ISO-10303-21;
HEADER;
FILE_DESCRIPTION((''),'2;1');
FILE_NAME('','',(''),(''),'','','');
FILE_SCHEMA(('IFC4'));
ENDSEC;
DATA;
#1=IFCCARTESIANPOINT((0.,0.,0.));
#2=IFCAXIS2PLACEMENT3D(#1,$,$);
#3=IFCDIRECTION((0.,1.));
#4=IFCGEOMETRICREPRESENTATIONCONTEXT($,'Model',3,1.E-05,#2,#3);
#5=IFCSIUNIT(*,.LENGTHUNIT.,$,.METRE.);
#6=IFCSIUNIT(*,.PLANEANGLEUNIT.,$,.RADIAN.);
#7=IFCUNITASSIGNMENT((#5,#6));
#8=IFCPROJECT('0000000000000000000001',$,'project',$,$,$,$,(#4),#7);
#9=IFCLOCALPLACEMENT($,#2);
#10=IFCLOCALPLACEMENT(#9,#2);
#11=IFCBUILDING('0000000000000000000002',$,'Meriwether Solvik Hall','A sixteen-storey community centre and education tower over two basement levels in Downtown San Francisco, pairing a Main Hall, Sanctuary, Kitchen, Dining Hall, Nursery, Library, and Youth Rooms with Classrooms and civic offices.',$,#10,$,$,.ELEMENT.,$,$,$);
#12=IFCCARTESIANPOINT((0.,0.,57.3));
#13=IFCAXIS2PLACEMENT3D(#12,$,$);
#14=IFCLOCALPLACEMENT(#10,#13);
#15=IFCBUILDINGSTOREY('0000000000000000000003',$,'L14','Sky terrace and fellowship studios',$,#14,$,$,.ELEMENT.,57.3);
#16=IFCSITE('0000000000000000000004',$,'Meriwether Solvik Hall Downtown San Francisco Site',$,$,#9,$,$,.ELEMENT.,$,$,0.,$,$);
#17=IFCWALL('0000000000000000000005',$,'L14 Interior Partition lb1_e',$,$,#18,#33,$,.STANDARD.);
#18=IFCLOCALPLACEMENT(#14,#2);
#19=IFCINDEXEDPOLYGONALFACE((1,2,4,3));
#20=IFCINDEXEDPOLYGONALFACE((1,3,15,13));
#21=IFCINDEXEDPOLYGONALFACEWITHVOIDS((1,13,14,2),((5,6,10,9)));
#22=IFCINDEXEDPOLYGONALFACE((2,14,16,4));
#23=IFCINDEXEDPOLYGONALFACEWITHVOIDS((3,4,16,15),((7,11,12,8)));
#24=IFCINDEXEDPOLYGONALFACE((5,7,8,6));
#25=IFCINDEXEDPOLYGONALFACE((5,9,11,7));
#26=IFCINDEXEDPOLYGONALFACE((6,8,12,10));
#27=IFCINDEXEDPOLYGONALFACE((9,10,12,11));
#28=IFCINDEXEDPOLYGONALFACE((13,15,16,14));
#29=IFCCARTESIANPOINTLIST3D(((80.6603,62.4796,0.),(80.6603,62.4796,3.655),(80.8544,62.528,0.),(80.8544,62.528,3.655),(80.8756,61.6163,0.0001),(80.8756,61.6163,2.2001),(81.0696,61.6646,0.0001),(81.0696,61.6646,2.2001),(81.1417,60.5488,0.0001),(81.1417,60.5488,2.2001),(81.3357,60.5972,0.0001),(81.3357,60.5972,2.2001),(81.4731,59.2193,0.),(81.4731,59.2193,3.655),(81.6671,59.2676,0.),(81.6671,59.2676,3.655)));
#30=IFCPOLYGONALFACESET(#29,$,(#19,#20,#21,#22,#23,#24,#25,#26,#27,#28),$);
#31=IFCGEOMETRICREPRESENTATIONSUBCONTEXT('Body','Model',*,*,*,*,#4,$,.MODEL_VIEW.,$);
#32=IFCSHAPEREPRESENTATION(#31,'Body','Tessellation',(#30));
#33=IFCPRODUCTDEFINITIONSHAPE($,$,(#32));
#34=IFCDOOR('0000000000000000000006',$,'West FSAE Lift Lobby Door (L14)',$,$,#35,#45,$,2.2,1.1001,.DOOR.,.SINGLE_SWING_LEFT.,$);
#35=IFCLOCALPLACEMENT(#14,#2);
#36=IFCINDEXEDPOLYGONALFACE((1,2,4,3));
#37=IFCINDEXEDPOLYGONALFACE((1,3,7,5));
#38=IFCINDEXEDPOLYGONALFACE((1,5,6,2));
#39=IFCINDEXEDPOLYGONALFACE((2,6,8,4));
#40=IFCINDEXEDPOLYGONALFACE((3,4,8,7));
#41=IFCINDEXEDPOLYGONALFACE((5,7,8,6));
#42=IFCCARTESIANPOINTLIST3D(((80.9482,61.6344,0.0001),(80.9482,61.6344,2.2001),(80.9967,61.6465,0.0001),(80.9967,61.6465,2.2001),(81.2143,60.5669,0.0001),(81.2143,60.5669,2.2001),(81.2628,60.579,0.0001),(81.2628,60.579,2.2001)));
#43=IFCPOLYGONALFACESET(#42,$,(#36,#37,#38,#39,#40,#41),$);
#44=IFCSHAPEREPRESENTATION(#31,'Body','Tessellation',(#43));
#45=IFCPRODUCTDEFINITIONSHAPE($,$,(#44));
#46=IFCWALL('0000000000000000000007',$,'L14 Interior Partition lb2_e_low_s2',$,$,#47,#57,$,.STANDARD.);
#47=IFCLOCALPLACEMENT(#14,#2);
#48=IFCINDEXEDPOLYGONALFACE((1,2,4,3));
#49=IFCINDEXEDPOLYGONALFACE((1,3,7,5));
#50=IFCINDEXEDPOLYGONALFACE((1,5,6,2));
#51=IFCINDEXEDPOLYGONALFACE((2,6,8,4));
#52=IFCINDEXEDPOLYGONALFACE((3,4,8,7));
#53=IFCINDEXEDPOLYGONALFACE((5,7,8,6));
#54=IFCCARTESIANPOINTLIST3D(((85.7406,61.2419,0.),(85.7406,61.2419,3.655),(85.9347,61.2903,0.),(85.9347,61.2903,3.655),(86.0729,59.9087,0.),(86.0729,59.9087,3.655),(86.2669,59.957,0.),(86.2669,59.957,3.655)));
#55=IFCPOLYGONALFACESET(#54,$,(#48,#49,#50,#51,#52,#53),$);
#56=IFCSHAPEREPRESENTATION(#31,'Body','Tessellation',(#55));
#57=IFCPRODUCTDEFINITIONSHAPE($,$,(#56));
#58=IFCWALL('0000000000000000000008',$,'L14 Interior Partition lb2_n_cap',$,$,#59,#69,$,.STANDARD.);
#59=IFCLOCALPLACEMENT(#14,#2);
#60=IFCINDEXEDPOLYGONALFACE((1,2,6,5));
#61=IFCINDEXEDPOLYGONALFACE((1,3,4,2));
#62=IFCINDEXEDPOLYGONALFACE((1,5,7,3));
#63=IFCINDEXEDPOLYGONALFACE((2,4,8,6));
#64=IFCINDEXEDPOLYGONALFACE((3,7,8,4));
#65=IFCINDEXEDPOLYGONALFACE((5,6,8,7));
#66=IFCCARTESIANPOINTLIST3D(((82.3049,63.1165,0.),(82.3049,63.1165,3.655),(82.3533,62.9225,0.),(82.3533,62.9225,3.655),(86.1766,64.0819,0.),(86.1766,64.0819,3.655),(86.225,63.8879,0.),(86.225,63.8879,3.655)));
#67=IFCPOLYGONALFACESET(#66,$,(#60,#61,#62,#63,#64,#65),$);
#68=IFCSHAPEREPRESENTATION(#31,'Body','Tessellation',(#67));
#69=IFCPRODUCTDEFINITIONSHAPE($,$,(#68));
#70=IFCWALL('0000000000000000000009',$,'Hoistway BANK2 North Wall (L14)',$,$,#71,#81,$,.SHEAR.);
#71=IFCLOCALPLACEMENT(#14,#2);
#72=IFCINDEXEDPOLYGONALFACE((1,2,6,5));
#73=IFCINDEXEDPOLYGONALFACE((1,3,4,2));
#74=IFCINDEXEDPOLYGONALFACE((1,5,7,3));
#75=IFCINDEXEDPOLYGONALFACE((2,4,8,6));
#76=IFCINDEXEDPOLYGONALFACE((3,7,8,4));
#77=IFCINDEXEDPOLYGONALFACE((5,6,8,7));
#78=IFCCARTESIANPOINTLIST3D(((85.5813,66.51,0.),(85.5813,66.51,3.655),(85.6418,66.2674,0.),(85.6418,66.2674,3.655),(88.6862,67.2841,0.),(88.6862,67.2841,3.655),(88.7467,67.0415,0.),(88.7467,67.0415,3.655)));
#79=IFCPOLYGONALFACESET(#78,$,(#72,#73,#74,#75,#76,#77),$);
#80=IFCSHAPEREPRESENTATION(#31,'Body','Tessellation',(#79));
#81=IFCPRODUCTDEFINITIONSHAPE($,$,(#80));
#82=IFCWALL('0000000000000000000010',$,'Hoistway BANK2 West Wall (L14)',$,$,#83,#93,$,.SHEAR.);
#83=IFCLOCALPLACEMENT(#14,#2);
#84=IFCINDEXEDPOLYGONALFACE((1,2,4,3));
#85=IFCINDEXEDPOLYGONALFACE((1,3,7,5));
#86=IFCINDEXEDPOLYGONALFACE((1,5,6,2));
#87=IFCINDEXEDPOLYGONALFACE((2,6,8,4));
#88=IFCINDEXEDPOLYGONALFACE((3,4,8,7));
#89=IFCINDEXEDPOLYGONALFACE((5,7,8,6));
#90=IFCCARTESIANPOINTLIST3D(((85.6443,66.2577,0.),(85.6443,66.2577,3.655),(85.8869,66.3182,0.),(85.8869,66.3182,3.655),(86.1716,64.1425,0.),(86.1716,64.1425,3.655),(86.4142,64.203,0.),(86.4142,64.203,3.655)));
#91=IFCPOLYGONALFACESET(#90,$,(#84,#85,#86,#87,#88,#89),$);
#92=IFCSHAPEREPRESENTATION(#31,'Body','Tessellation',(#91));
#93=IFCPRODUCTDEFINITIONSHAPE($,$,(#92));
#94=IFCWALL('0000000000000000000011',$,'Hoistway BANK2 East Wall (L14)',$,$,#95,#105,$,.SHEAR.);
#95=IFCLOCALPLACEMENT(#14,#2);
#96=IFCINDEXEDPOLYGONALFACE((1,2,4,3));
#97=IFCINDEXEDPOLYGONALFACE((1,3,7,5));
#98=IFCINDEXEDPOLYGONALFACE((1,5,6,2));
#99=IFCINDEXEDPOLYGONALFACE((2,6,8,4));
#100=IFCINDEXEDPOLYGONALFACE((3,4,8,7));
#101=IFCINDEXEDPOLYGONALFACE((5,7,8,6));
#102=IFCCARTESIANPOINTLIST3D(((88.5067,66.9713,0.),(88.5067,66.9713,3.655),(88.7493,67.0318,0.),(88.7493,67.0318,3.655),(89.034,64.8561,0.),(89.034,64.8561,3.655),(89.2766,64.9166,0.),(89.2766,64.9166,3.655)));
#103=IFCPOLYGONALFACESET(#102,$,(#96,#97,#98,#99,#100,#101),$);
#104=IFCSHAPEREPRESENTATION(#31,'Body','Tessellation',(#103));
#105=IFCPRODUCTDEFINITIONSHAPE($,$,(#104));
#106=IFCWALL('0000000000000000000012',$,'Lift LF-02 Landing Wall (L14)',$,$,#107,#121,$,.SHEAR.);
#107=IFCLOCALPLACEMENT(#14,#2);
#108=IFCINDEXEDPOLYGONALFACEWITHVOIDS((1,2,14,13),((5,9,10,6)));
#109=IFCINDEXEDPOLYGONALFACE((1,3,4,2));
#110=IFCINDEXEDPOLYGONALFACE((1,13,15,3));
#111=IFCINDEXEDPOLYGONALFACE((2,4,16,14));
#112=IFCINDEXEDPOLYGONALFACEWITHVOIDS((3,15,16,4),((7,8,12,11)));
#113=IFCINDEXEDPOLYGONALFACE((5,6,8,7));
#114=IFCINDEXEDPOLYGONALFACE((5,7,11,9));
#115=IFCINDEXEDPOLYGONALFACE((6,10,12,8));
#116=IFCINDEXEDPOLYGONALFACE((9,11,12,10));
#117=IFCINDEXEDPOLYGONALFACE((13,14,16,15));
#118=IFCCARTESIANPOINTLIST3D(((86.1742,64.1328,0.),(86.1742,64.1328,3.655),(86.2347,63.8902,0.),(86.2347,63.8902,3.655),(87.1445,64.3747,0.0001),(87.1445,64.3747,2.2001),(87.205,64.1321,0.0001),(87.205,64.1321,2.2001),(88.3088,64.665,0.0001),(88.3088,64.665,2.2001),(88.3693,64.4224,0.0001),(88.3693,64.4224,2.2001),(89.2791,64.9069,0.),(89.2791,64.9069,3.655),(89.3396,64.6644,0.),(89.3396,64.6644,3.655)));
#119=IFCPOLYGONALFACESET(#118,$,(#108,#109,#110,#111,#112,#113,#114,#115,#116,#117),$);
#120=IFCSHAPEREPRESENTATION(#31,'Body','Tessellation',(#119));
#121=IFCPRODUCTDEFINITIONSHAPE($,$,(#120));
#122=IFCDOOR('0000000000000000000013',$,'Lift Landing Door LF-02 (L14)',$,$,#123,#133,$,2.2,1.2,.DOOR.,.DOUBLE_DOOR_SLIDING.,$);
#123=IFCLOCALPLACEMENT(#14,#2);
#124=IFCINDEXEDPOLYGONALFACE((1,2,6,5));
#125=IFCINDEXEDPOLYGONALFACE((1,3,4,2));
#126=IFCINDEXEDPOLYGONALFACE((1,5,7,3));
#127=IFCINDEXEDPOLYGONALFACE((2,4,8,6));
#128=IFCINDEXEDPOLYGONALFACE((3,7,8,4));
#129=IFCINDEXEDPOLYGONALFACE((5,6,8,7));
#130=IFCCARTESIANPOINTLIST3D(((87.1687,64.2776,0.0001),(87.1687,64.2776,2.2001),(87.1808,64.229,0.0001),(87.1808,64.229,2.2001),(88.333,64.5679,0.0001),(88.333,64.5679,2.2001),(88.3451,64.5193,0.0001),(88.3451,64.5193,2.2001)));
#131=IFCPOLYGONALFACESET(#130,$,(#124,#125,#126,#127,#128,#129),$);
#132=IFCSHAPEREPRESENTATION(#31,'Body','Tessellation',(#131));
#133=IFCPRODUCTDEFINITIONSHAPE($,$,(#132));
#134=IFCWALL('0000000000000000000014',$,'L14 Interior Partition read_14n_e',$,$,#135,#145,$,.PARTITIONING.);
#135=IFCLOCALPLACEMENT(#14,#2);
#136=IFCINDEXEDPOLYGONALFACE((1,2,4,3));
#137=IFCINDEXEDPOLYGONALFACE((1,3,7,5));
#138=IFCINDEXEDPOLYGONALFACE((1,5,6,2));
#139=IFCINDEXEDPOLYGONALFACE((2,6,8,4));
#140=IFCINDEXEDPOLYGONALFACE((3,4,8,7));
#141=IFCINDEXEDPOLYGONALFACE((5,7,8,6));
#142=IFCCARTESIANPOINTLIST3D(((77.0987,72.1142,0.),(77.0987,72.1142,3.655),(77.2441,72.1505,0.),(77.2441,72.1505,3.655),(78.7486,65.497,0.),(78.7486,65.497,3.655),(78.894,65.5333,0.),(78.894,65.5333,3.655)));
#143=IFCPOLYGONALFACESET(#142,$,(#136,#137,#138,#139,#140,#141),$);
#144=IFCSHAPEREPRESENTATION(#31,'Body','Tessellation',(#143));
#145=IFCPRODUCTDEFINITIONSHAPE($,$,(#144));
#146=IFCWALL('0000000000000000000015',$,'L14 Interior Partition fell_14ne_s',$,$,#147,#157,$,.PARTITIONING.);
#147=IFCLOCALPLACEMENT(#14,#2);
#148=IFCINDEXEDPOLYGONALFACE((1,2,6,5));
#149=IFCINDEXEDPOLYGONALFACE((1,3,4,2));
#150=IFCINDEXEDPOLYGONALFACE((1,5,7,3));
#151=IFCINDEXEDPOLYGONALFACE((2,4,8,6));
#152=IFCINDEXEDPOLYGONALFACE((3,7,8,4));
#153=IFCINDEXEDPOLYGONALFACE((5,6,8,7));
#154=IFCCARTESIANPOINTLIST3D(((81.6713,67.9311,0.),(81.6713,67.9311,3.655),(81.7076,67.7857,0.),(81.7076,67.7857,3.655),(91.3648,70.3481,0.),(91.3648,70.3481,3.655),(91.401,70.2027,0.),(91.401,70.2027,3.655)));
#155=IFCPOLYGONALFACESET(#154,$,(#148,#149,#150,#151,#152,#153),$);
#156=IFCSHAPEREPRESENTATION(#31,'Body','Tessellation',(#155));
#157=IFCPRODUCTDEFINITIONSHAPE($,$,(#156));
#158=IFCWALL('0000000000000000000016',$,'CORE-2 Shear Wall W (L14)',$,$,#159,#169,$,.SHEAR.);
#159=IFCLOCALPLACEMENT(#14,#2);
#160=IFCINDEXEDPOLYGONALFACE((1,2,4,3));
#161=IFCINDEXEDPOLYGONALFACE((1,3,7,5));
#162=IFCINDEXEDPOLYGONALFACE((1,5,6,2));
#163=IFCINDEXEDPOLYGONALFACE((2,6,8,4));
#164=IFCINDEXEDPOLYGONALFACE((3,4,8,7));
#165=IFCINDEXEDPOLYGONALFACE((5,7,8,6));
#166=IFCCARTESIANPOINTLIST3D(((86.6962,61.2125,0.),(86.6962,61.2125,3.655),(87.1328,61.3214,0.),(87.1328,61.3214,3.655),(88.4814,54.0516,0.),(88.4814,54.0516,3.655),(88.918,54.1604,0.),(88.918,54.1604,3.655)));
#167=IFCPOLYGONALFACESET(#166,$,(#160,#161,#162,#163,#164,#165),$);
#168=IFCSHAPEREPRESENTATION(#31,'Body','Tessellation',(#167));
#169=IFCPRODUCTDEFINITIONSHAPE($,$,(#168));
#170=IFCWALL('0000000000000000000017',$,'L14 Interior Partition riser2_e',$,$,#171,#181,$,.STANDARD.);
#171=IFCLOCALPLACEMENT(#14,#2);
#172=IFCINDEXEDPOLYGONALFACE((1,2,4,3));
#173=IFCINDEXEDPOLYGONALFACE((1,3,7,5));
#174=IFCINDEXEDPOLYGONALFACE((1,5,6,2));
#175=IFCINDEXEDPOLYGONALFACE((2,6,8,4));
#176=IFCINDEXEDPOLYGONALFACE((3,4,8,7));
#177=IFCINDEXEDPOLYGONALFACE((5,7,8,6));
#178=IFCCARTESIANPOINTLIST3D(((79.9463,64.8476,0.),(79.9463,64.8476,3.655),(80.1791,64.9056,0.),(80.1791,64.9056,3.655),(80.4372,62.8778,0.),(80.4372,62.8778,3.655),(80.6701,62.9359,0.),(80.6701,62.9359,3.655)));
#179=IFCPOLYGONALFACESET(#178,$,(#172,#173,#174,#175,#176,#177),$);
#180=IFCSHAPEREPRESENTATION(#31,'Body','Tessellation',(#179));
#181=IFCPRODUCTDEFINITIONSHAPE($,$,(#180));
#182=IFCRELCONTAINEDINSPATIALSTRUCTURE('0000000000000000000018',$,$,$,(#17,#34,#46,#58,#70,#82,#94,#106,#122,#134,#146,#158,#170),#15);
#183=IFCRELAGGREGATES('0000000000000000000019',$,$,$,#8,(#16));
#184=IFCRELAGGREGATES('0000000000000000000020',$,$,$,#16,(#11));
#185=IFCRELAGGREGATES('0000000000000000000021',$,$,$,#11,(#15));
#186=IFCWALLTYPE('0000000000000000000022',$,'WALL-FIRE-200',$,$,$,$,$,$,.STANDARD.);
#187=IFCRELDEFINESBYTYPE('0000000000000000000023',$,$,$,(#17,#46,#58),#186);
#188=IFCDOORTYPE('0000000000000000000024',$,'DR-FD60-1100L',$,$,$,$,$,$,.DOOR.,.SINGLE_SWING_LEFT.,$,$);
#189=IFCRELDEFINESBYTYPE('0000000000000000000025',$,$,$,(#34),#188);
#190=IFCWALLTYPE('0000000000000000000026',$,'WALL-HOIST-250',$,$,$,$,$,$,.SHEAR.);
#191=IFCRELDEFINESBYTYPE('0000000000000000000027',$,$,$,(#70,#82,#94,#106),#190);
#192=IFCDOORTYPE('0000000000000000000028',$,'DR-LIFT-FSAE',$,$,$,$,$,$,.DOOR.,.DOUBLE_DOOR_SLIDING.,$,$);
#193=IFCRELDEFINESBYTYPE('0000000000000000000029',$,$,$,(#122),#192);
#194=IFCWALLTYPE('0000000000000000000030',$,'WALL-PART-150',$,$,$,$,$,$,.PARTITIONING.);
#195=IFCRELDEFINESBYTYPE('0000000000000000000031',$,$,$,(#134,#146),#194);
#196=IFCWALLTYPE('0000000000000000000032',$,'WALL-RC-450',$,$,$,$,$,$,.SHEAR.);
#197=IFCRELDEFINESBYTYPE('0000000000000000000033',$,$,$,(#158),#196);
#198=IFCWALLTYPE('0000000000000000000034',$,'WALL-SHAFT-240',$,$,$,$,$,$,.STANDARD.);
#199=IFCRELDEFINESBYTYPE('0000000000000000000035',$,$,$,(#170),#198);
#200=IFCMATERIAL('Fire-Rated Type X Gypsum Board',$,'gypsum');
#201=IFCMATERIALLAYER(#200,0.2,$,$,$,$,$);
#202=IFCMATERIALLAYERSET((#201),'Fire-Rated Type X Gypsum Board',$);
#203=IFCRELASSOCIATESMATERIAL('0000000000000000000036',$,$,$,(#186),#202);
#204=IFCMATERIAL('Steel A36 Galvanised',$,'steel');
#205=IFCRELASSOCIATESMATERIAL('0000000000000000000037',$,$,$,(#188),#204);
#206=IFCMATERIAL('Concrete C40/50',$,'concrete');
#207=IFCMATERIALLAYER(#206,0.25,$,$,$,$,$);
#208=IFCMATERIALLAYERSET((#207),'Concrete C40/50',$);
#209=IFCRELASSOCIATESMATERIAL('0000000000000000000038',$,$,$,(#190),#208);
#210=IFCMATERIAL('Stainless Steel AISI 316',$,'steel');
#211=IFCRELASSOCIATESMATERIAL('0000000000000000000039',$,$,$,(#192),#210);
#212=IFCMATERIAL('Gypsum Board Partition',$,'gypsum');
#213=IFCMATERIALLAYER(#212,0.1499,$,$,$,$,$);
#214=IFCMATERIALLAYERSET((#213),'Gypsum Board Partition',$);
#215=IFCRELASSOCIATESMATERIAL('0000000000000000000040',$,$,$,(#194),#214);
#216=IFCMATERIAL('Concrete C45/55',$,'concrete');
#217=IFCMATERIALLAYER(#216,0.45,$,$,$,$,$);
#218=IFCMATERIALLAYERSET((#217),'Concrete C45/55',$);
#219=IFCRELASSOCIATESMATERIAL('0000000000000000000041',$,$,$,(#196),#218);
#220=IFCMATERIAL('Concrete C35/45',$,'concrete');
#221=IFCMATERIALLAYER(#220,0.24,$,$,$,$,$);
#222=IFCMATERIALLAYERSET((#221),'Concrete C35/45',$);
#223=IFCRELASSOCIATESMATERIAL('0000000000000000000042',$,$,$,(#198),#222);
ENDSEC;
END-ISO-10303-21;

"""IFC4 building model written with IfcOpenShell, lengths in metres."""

from ifc_helpers import new_model, si_unit, direction, frame, frame_2d, origin, place, context, subcontext, project, spatial, rectangle, extrude, material, layer, layer_set, type_object, element, fill, save


model = new_model("IFC4")

# Units and contexts
model_context = context("Model", 3, precision=1e-05, world=origin(), true_north=direction((0.0, 1.0)))
body_context = subcontext(model_context, "Body", "Model", "MODEL_VIEW")
ifc_project = project(units=[si_unit("LENGTHUNIT", "METRE"), si_unit("PLANEANGLEUNIT", "RADIAN")], contexts=[model_context])

# Site, building, storey
site_placement = place(None, origin())
site = spatial("IfcSite", under=ifc_project, at=site_placement, Name="Meriwether Solvik Hall Downtown San Francisco Site", CompositionType="ELEMENT", RefElevation=0.0)
building_placement = place(site_placement, origin())
building = spatial("IfcBuilding", under=site, at=building_placement, Name="Meriwether Solvik Hall", Description="A sixteen-storey community centre and education tower over two basement levels in Downtown San Francisco, pairing a Main Hall, Sanctuary, Kitchen, Dining Hall, Nursery, Library, and Youth Rooms with Classrooms and civic offices.", CompositionType="ELEMENT")
storey_placement = place(building_placement, frame((0.0, 0.0, 57.3)))
storey = spatial("IfcBuildingStorey", under=building, at=storey_placement, Name="L14", Description="Sky terrace and fellowship studios", CompositionType="ELEMENT", Elevation=57.3)

# Wall, opening, door
ifc_material_1 = material(Name="Fire-Rated Type X Gypsum Board", Category="gypsum")
ifc_layer_1 = layer(ifc_material_1, 0.2)
ifc_layer_set_1 = layer_set([ifc_layer_1], Name="Fire-Rated Type X Gypsum Board")
wall_type_1 = type_object("IfcWallType", Name="WALL-FIRE-200", PredefinedType="STANDARD", material=ifc_layer_set_1)
wall_1_placement = place(storey_placement, frame((80.7573, 62.5039, 0.0), z_axis=(0.0, 0.0, 1.0), x_axis=(0.241886, -0.970305, 0.0)))
wall_1 = element("IfcWall", 1, at=wall_1_placement, inside=storey, type_object=wall_type_1, Name="L14 Interior Partition lb1_e", PredefinedType="STANDARD", context=body_context, shape_type="SweptSolid", body=[
    extrude(rectangle(XDim=3.3601, YDim=0.2, at=frame_2d((1.6802, 0.0))), origin(), (0.0, 0.0, 1.0), 3.655),
])
opening_1_placement = place(wall_1_placement, frame((0.8899, 0.0, 0.0)))
opening_1 = element("IfcOpeningElement", 2, at=opening_1_placement, cuts=wall_1, PredefinedType="OPENING", context=body_context, shape_type="SweptSolid", body=[
    extrude(rectangle(XDim=1.1001, YDim=2.2, at=frame_2d((0.55, 1.1001))), frame((0.0, 0.1118, 0.0), z_axis=(0.0, -1.0, 0.0), x_axis=(1.0, 0.0, 0.0)), (0.0, 0.0, 1.0), 0.2239),
])
ifc_material_2 = material(Name="Steel A36 Galvanised", Category="steel")
door_type_1 = type_object("IfcDoorType", Name="DR-FD60-1100L", OperationType="SINGLE_SWING_LEFT", PredefinedType="DOOR", material=ifc_material_2)
door_1_placement = place(opening_1_placement, origin())
door_1 = element("IfcDoor", 3, at=door_1_placement, inside=storey, type_object=door_type_1, Name="West FSAE Lift Lobby Door (L14)", OperationType="SINGLE_SWING_LEFT", OverallHeight=2.2, OverallWidth=1.1001, PredefinedType="DOOR", context=body_context, shape_type="SweptSolid", body=[
    extrude(rectangle(XDim=1.1001, YDim=2.2, at=frame_2d((0.55, 1.1001))), frame((0.0, 0.0249, 0.0), z_axis=(0.0, -1.0, 0.0), x_axis=(1.0, 0.0, 0.0)), (0.0, 0.0, 1.0), 0.05),
])
fill(opening_1, door_1)

# Walls
wall_2_placement = place(storey_placement, frame((86.1699, 59.9329, 0.0), z_axis=(0.0, 0.0, 1.0), x_axis=(-0.241825, 0.97032, 0.0)))
element("IfcWall", 4, at=wall_2_placement, inside=storey, type_object=wall_type_1, Name="L14 Interior Partition lb2_e_low_s2", PredefinedType="STANDARD", context=body_context, shape_type="SweptSolid", body=[
    extrude(rectangle(XDim=1.374, YDim=0.2, at=frame_2d((0.687, 0.0))), origin(), (0.0, 0.0, 1.0), 3.655),
])
wall_3_placement = place(storey_placement, frame((82.3291, 63.0195, 0.0), z_axis=(0.0, 0.0, 1.0), x_axis=(0.970293, 0.241931, 0.0)))
element("IfcWall", 5, at=wall_3_placement, inside=storey, type_object=wall_type_1, Name="L14 Interior Partition lb2_n_cap", PredefinedType="STANDARD", context=body_context, shape_type="SweptSolid", body=[
    extrude(rectangle(XDim=3.9902, YDim=0.2, at=frame_2d((1.9951, 0.0))), origin(), (0.0, 0.0, 1.0), 3.655),
])
ifc_material_3 = material(Name="Concrete C40/50", Category="concrete")
ifc_layer_2 = layer(ifc_material_3, 0.25)
ifc_layer_set_2 = layer_set([ifc_layer_2], Name="Concrete C40/50")
wall_type_2 = type_object("IfcWallType", Name="WALL-HOIST-250", PredefinedType="SHEAR", material=ifc_layer_set_2)
wall_4_placement = place(storey_placement, frame((88.7166, 67.1628, 0.0), z_axis=(0.0, 0.0, 1.0), x_axis=(-0.970295, -0.241925, 0.0)))
element("IfcWall", 6, at=wall_4_placement, inside=storey, type_object=wall_type_2, Name="Hoistway BANK2 North Wall (L14)", PredefinedType="SHEAR", context=body_context, shape_type="SweptSolid", body=[
    extrude(rectangle(XDim=3.2, YDim=0.25, at=frame_2d((1.6001, 0.0))), origin(), (0.0, 0.0, 1.0), 3.655),
])
for number, where, z_axis, x_axis, name in (
    (7, (85.7656, 66.2878, 0.0), (0.0, 0.0, 1.0), (0.241903, -0.9703, 0.0), "Hoistway BANK2 West Wall (L14)"),
    (8, (89.1553, 64.8865, 0.0), (0.0, 0.0, 1.0), (-0.241903, 0.9703, 0.0), "Hoistway BANK2 East Wall (L14)"),
):
    element("IfcWall", number, at=place(storey_placement, frame(where, z_axis=z_axis, x_axis=x_axis)), inside=storey, type_object=wall_type_2, Name=name, PredefinedType="SHEAR", context=body_context, shape_type="SweptSolid", body=[
        extrude(rectangle(XDim=2.1799, YDim=0.25, at=frame_2d((1.0898, 0.0))), origin(), (0.0, 0.0, 1.0), 3.655),
    ])

# Wall, opening, door
wall_5_placement = place(storey_placement, frame((86.2043, 64.0115, 0.0), z_axis=(0.0, 0.0, 1.0), x_axis=(0.970295, 0.241925, 0.0)))
wall_5 = element("IfcWall", 9, at=wall_5_placement, inside=storey, type_object=wall_type_2, Name="Lift LF-02 Landing Wall (L14)", PredefinedType="SHEAR", context=body_context, shape_type="SweptSolid", body=[
    extrude(rectangle(XDim=3.2, YDim=0.25, at=frame_2d((1.6001, 0.0))), origin(), (0.0, 0.0, 1.0), 3.655),
])
opening_2_placement = place(wall_5_placement, frame((1.0, 0.0, 0.0)))
opening_2 = element("IfcOpeningElement", 10, at=opening_2_placement, cuts=wall_5, PredefinedType="OPENING", context=body_context, shape_type="SweptSolid", body=[
    extrude(rectangle(XDim=1.2, YDim=2.2, at=frame_2d((0.6001, 1.1001))), frame((0.0, 0.137, 0.0), z_axis=(0.0, -1.0, 0.0), x_axis=(1.0, 0.0, 0.0)), (0.0, 0.0, 1.0), 0.2739),
])
ifc_material_4 = material(Name="Stainless Steel AISI 316", Category="steel")
door_type_2 = type_object("IfcDoorType", Name="DR-LIFT-FSAE", OperationType="DOUBLE_DOOR_SLIDING", PredefinedType="DOOR", material=ifc_material_4)
door_2_placement = place(opening_2_placement, origin())
door_2 = element("IfcDoor", 11, at=door_2_placement, inside=storey, type_object=door_type_2, Name="Lift Landing Door LF-02 (L14)", OperationType="DOUBLE_DOOR_SLIDING", OverallHeight=2.2, OverallWidth=1.2, PredefinedType="DOOR", context=body_context, shape_type="SweptSolid", body=[
    extrude(rectangle(XDim=1.2, YDim=2.2, at=frame_2d((0.6001, 1.1001))), frame((0.0, 0.0249, 0.0), z_axis=(0.0, -1.0, 0.0), x_axis=(1.0, 0.0, 0.0)), (0.0, 0.0, 1.0), 0.05),
])
fill(opening_2, door_2)

# Walls
ifc_material_5 = material(Name="Gypsum Board Partition", Category="gypsum")
ifc_layer_3 = layer(ifc_material_5, 0.1499)
ifc_layer_set_3 = layer_set([ifc_layer_3], Name="Gypsum Board Partition")
wall_type_3 = type_object("IfcWallType", Name="WALL-PART-150", PredefinedType="PARTITIONING", material=ifc_layer_set_3)
wall_6_placement = place(storey_placement, frame((78.8213, 65.5151, 0.0), z_axis=(0.0, 0.0, 1.0), x_axis=(-0.241929, 0.970294, 0.0)))
element("IfcWall", 12, at=wall_6_placement, inside=storey, type_object=wall_type_3, Name="L14 Interior Partition read_14n_e", PredefinedType="PARTITIONING", context=body_context, shape_type="SweptSolid", body=[
    extrude(rectangle(XDim=6.8198, YDim=0.1499, at=frame_2d((3.4099, 0.0))), origin(), (0.0, 0.0, 1.0), 3.655),
])
wall_7_placement = place(storey_placement, frame((81.6895, 67.8584, 0.0), z_axis=(0.0, 0.0, 1.0), x_axis=(0.970292, 0.241938, 0.0)))
element("IfcWall", 13, at=wall_7_placement, inside=storey, type_object=wall_type_3, Name="L14 Interior Partition fell_14ne_s", PredefinedType="PARTITIONING", context=body_context, shape_type="SweptSolid", body=[
    extrude(rectangle(XDim=9.9902, YDim=0.1499, at=frame_2d((4.9951, 0.0))), origin(), (0.0, 0.0, 1.0), 3.655),
])
ifc_material_6 = material(Name="Concrete C45/55", Category="concrete")
ifc_layer_4 = layer(ifc_material_6, 0.45)
ifc_layer_set_4 = layer_set([ifc_layer_4], Name="Concrete C45/55")
wall_type_4 = type_object("IfcWallType", Name="WALL-RC-450", PredefinedType="SHEAR", material=ifc_layer_set_4)
wall_8_placement = place(storey_placement, frame((86.9146, 61.2668, 0.0), z_axis=(0.0, 0.0, 1.0), x_axis=(0.24189, -0.970304, 0.0)))
element("IfcWall", 14, at=wall_8_placement, inside=storey, type_object=wall_type_4, Name="CORE-2 Shear Wall W (L14)", PredefinedType="SHEAR", context=body_context, shape_type="SweptSolid", body=[
    extrude(rectangle(XDim=7.3801, YDim=0.45, at=frame_2d((3.6899, 0.0))), origin(), (0.0, 0.0, 1.0), 3.655),
])
ifc_material_7 = material(Name="Concrete C35/45", Category="concrete")
ifc_layer_5 = layer(ifc_material_7, 0.24)
ifc_layer_set_5 = layer_set([ifc_layer_5], Name="Concrete C35/45")
wall_type_5 = type_object("IfcWallType", Name="WALL-SHAFT-240", PredefinedType="STANDARD", material=ifc_layer_set_5)
wall_9_placement = place(storey_placement, frame((80.5537, 62.9067, 0.0), z_axis=(0.0, 0.0, 1.0), x_axis=(-0.241856, 0.970312, 0.0)))
element("IfcWall", 15, at=wall_9_placement, inside=storey, type_object=wall_type_5, Name="L14 Interior Partition riser2_e", PredefinedType="STANDARD", context=body_context, shape_type="SweptSolid", body=[
    extrude(rectangle(XDim=2.03, YDim=0.24, at=frame_2d((1.0151, 0.0))), origin(), (0.0, 0.0, 1.0), 3.655),
])

save(model, "model.ifc")
